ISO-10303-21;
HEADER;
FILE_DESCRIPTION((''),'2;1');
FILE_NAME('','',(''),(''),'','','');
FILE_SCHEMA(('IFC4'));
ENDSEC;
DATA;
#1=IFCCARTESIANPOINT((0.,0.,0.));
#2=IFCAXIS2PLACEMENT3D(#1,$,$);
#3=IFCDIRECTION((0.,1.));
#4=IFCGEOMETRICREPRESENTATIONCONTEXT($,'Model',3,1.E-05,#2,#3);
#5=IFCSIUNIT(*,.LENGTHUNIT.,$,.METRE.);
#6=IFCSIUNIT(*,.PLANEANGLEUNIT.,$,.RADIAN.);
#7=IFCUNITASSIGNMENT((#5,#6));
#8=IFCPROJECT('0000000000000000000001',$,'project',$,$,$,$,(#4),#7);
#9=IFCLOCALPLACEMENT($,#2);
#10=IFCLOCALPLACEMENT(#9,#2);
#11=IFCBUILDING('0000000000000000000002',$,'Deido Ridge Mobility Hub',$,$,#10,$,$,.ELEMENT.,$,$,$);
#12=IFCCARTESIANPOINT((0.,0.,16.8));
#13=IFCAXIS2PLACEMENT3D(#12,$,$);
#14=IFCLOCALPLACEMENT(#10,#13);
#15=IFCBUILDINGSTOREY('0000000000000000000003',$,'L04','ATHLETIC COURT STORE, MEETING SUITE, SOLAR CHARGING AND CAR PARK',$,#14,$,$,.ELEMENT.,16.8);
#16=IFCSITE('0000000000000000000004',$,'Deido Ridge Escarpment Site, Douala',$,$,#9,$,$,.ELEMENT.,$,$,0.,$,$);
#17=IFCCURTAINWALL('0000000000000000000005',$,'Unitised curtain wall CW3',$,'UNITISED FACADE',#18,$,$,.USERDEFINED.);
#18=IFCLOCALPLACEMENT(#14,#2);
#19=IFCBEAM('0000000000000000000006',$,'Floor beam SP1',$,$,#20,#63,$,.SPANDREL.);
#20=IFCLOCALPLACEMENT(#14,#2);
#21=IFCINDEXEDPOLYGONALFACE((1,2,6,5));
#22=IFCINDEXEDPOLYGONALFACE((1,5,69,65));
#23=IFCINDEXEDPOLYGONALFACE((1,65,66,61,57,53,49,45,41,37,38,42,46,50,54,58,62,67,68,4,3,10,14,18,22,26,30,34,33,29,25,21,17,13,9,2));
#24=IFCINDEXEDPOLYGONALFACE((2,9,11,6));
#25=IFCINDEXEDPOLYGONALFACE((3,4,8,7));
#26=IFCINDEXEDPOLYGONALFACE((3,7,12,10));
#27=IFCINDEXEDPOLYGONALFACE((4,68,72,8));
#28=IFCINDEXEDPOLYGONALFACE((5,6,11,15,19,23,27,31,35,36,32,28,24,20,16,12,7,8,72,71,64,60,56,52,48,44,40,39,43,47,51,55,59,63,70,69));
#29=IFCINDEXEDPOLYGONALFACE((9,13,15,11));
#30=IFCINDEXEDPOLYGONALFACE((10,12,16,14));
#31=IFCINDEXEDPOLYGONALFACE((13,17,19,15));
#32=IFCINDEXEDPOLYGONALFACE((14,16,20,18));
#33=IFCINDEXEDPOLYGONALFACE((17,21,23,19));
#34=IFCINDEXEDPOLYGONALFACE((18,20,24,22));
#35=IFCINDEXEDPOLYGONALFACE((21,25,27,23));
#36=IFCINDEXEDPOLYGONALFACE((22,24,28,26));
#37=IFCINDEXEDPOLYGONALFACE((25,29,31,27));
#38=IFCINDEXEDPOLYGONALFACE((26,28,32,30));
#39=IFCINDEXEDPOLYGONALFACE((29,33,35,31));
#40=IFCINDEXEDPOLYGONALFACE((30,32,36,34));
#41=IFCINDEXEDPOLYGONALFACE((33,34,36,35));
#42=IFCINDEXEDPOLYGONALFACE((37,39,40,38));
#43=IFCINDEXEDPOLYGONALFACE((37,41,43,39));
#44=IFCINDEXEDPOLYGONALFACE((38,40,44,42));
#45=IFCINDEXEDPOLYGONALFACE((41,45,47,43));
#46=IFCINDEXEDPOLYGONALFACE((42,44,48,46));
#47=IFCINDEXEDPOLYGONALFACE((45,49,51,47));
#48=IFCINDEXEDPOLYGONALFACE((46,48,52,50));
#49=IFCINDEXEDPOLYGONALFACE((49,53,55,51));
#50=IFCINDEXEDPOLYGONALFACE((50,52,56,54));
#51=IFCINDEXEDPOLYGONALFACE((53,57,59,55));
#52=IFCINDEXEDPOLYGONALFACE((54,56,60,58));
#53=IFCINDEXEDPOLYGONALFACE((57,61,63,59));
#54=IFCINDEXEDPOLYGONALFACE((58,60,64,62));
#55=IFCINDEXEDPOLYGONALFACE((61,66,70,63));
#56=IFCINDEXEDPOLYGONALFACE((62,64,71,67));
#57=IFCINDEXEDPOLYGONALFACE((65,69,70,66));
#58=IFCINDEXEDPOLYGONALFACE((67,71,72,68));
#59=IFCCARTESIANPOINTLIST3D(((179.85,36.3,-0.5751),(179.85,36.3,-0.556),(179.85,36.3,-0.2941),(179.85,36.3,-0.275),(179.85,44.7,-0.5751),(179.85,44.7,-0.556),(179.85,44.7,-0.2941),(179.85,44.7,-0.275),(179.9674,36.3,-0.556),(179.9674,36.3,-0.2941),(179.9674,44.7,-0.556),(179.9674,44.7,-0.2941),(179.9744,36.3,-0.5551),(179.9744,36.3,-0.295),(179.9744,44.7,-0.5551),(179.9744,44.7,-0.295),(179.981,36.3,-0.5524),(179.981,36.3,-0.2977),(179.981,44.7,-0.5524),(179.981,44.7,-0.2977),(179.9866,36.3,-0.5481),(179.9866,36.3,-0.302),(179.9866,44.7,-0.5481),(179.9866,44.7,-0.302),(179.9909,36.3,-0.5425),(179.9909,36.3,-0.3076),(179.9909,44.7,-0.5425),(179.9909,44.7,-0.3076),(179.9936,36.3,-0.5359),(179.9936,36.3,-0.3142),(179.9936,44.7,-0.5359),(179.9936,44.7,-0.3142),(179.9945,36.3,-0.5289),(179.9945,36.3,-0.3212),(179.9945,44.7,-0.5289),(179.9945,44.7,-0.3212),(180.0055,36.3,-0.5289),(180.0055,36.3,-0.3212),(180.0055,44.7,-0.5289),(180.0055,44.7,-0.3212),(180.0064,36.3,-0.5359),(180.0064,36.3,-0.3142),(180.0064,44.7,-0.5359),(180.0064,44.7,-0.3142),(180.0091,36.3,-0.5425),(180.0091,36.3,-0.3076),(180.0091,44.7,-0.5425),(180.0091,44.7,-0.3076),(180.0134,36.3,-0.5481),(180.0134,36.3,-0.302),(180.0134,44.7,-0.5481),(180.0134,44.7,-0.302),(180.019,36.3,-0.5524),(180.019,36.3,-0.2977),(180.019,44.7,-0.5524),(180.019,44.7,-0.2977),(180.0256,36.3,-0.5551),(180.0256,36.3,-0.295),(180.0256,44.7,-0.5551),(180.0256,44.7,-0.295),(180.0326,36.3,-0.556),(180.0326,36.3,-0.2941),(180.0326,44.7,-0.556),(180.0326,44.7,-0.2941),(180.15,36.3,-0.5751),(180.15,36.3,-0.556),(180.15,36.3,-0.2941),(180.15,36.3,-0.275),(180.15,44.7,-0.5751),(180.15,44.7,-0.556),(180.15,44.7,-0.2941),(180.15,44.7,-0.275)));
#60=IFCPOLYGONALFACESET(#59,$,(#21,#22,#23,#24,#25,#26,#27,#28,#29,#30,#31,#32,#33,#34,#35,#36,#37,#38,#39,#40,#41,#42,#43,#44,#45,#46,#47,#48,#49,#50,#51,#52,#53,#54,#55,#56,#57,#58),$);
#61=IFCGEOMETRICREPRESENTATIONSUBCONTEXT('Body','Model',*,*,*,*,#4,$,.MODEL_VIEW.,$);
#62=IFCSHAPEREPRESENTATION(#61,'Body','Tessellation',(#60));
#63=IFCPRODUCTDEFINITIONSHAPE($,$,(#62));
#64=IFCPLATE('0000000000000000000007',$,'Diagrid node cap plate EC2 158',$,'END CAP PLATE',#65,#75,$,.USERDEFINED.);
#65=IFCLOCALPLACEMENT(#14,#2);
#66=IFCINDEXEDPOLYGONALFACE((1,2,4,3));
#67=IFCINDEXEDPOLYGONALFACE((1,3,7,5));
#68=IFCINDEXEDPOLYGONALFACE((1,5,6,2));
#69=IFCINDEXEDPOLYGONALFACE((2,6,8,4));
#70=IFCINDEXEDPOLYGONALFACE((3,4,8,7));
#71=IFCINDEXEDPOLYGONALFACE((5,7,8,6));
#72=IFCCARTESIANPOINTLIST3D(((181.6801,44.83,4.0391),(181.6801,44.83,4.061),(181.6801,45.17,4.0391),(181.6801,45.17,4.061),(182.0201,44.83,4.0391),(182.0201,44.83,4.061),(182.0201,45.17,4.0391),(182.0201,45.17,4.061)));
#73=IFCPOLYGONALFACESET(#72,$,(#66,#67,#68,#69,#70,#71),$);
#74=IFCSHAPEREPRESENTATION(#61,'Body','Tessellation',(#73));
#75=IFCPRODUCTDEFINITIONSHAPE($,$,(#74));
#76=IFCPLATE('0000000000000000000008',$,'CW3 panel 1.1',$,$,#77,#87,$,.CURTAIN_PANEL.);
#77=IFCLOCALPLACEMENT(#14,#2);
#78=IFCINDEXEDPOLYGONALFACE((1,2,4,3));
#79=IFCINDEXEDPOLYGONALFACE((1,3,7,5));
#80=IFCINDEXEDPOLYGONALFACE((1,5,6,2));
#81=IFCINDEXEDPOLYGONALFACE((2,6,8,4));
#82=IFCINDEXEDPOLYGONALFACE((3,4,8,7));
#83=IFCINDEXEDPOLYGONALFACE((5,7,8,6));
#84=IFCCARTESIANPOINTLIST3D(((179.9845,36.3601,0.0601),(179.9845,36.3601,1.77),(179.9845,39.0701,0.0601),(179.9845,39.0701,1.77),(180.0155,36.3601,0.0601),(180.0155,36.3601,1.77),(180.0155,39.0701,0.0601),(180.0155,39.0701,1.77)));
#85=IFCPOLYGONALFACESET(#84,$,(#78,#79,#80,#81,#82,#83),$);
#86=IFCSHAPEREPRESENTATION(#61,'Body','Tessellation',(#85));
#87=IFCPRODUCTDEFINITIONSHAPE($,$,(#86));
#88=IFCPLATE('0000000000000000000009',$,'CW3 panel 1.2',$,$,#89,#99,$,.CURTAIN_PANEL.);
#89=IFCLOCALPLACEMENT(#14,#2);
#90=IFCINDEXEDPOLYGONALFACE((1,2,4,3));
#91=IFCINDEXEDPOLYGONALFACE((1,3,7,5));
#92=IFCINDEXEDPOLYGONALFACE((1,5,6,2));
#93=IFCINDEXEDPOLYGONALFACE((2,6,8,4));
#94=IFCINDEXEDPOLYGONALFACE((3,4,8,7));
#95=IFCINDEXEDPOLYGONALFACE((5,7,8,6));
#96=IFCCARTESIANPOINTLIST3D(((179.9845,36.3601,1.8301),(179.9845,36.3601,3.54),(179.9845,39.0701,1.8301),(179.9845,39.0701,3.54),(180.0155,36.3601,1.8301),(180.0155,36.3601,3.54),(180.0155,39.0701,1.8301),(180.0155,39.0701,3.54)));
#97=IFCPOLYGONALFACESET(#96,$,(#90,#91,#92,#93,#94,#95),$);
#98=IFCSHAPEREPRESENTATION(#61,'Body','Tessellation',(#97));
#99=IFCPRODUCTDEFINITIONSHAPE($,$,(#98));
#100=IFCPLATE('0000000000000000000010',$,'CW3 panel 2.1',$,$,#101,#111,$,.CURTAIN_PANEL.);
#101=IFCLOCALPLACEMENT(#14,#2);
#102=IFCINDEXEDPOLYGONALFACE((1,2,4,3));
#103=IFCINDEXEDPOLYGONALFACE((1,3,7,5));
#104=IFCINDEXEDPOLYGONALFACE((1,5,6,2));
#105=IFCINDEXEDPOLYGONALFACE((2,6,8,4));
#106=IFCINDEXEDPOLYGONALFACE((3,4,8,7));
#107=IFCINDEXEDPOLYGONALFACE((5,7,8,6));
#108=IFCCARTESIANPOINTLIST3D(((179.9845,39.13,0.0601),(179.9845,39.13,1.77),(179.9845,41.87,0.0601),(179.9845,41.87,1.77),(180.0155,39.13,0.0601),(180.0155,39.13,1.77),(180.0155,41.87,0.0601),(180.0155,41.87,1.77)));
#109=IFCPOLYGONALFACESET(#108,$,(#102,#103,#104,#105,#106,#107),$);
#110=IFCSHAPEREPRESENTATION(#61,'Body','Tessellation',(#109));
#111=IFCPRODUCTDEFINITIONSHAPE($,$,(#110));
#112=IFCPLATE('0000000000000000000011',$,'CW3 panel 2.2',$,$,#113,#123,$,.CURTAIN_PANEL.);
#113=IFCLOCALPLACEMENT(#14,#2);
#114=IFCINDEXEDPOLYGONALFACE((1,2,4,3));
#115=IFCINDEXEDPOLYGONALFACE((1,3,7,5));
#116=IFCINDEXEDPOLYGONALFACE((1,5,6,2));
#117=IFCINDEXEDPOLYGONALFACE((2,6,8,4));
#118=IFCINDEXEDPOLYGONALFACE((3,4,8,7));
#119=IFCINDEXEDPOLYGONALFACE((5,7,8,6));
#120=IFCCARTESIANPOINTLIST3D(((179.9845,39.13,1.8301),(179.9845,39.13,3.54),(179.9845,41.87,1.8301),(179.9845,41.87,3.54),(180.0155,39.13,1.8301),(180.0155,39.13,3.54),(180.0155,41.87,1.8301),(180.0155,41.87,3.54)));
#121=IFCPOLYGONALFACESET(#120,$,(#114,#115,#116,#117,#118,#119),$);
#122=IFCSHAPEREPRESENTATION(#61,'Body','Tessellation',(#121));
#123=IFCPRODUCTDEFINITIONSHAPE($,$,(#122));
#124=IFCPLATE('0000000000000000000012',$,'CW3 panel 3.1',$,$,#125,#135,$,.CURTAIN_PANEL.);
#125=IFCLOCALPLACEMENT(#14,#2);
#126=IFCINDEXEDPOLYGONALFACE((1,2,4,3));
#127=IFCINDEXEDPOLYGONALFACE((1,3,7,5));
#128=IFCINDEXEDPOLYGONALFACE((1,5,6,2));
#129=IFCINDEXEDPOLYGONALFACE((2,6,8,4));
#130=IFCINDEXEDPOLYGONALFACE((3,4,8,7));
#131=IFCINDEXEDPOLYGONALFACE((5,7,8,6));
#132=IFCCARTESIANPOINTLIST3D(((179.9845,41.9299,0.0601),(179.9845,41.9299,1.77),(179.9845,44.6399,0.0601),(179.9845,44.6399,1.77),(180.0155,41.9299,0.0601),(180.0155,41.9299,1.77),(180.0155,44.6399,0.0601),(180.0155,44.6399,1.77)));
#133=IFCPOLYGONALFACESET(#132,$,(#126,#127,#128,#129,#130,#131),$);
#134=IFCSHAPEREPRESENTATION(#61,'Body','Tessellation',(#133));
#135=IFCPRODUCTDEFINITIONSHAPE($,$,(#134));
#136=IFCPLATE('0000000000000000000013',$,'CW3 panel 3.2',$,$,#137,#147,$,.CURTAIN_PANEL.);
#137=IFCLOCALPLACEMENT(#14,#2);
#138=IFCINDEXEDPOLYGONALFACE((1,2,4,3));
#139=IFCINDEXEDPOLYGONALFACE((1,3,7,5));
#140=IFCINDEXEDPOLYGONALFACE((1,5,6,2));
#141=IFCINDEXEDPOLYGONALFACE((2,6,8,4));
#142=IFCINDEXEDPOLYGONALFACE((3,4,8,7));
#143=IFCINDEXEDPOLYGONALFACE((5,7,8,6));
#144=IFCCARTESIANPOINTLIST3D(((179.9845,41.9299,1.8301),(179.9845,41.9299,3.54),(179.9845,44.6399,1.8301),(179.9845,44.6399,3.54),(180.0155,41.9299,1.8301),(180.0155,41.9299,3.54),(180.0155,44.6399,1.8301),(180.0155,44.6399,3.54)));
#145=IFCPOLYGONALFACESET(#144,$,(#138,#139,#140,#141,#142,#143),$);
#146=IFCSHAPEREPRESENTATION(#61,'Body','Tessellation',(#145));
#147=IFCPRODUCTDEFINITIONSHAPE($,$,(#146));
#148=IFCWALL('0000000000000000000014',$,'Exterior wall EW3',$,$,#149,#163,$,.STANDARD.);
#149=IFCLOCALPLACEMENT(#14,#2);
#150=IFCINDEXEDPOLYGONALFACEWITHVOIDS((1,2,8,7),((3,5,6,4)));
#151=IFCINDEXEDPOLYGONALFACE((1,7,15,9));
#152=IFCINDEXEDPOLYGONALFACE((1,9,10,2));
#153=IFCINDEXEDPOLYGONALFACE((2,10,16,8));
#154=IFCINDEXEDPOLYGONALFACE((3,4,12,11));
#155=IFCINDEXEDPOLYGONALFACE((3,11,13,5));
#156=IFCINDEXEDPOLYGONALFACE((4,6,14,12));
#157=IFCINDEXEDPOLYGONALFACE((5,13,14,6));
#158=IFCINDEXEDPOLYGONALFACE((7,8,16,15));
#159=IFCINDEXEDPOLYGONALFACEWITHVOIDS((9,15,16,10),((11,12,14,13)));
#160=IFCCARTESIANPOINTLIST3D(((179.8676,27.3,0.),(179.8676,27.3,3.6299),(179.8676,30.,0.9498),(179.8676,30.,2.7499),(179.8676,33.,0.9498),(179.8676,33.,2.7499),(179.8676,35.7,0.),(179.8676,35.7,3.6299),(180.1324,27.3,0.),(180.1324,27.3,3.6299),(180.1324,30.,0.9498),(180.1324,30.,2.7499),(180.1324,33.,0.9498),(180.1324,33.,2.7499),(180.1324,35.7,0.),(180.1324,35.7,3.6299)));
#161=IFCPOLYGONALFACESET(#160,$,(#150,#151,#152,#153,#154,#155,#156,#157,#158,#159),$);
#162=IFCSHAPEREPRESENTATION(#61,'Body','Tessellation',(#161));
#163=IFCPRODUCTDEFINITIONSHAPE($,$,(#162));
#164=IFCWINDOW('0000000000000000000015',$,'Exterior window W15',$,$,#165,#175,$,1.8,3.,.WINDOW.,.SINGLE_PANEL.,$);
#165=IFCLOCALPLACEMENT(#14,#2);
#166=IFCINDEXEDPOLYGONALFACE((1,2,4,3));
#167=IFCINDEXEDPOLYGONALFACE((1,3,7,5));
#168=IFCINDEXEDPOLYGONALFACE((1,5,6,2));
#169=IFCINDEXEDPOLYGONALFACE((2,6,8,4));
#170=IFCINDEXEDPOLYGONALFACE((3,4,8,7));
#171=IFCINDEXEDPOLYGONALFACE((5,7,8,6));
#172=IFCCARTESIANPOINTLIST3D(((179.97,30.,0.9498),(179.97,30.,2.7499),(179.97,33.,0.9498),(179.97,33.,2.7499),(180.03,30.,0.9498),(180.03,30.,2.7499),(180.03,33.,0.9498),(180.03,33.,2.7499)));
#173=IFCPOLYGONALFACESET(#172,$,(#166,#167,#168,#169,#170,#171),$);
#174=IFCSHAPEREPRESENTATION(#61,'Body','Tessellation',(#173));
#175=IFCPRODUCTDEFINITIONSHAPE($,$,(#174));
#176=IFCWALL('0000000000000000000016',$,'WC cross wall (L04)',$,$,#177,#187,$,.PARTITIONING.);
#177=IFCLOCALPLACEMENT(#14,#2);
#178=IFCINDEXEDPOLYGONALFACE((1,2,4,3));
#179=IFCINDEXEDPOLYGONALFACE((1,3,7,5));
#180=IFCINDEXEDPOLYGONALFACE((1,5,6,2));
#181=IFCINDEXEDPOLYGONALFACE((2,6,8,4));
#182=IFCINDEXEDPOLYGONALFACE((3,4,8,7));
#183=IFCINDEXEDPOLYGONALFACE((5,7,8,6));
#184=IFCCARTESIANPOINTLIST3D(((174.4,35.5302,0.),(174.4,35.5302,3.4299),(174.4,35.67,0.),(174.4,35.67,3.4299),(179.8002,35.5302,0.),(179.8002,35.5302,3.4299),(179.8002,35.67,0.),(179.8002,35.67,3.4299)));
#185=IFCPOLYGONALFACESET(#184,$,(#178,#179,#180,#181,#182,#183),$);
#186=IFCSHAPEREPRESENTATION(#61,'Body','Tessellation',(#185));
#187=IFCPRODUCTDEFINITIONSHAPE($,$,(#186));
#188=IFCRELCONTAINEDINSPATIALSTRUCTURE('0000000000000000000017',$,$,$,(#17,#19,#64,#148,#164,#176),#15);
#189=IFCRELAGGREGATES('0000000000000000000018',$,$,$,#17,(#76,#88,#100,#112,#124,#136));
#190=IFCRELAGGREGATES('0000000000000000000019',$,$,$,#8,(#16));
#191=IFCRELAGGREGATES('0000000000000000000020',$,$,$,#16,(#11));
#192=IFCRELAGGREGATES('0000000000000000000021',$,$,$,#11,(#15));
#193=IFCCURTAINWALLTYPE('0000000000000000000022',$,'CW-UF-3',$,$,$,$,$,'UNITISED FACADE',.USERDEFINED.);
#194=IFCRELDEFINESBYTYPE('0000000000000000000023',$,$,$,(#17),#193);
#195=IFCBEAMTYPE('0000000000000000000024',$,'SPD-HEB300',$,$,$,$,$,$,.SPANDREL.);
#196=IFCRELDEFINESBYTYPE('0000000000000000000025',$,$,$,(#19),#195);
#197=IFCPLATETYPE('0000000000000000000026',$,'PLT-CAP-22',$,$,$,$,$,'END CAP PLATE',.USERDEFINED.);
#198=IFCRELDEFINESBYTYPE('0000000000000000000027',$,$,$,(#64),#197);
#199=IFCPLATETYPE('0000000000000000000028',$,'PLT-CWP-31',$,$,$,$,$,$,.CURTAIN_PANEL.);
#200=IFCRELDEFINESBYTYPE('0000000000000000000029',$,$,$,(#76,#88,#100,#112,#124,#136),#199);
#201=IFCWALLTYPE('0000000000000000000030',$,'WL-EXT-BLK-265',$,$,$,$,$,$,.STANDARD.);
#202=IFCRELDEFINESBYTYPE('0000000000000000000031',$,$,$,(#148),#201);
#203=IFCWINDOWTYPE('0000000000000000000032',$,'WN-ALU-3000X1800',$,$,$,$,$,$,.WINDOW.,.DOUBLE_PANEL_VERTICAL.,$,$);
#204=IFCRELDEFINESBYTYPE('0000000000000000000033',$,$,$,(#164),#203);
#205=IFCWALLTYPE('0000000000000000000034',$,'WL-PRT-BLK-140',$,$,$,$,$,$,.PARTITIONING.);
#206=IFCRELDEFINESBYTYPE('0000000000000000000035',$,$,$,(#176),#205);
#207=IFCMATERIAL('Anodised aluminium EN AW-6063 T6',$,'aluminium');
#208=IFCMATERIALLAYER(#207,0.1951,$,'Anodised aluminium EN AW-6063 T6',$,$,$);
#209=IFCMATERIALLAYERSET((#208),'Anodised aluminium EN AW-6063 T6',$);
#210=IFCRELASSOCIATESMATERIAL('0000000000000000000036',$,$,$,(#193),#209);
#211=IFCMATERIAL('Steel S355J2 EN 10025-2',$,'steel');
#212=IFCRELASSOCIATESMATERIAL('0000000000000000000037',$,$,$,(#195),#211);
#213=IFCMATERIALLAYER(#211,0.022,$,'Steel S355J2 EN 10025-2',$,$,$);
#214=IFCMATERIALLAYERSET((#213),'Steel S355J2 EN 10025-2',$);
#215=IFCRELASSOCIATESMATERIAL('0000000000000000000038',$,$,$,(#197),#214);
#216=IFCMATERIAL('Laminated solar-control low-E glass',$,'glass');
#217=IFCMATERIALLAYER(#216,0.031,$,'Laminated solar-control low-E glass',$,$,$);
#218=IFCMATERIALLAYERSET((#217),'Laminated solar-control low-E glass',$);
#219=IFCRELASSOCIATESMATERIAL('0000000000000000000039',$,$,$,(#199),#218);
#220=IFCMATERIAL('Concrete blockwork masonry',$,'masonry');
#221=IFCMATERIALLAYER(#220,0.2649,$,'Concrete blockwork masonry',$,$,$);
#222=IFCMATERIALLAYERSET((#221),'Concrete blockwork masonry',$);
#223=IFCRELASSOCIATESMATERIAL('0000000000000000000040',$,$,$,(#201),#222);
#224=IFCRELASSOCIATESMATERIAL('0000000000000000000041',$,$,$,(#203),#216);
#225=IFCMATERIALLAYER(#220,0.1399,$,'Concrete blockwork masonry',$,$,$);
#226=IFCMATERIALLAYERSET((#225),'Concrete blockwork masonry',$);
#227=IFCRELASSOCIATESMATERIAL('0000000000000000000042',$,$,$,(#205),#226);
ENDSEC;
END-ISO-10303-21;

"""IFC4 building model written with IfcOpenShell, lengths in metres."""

from ifc_helpers import new_model, si_unit, direction, frame, frame_2d, origin, origin_2d, place, context, subcontext, project, spatial, rectangle, i_section, extrude, material, layer, layer_set, material_profile, profile_set, type_object, element, fill, aggregate, save


model = new_model("IFC4")

# Units and contexts
model_context = context("Model", 3, precision=1e-05, world=origin(), true_north=direction((0.0, 1.0)))
body_context = subcontext(model_context, "Body", "Model", "MODEL_VIEW")
ifc_project = project(units=[si_unit("LENGTHUNIT", "METRE"), si_unit("PLANEANGLEUNIT", "RADIAN")], contexts=[model_context])

# Site, building, storey
site_placement = place(None, origin())
site = spatial("IfcSite", under=ifc_project, at=site_placement, Name="Deido Ridge Escarpment Site, Douala", CompositionType="ELEMENT", RefElevation=0.0)
building_placement = place(site_placement, origin())
building = spatial("IfcBuilding", under=site, at=building_placement, Name="Deido Ridge Mobility Hub", CompositionType="ELEMENT")
storey_placement = place(building_placement, frame((0.0, 0.0, 16.8)))
storey = spatial("IfcBuildingStorey", under=building, at=storey_placement, Name="L04", Description="ATHLETIC COURT STORE, MEETING SUITE, SOLAR CHARGING AND CAR PARK", CompositionType="ELEMENT", Elevation=16.8)

# Shared definitions
ifc_material_1 = material(Name="Steel S355J2 EN 10025-2", Category="steel")

# Curtain wall
ifc_material_2 = material(Name="Anodised aluminium EN AW-6063 T6", Category="aluminium")
ifc_layer_1 = layer(ifc_material_2, 0.1951, Name="Anodised aluminium EN AW-6063 T6")
ifc_layer_set_1 = layer_set([ifc_layer_1], Name="Anodised aluminium EN AW-6063 T6")
curtain_wall_type = type_object("IfcCurtainWallType", Name="CW-UF-3", ElementType="UNITISED FACADE", PredefinedType="USERDEFINED", material=ifc_layer_set_1)
curtain_wall_placement = place(storey_placement, origin())
curtain_wall = element("IfcCurtainWall", 1, at=curtain_wall_placement, inside=storey, type_object=curtain_wall_type, Name="Unitised curtain wall CW3", ObjectType="UNITISED FACADE", PredefinedType="USERDEFINED")

# Beam
ifc_material_profile_1 = material_profile(ifc_material_1, i_section(OverallWidth=0.3, OverallDepth=0.3, WebThickness=0.011, FlangeThickness=0.019, FilletRadius=0.0271, at=origin_2d()), Name="HEB 300")
ifc_profile_set_1 = profile_set([ifc_material_profile_1], Name="Steel S355J2 EN 10025-2")
beam_type = type_object("IfcBeamType", Name="SPD-HEB300", PredefinedType="SPANDREL", material=ifc_profile_set_1)
for number, where, z_axis, x_axis, name in (
    (2, (180.0, 36.3, -0.425), (0.0, 1.0, 0.0), (-1.0, 0.0, 0.0), "Floor beam SP1"),
):
    element("IfcBeam", number, at=place(storey_placement, frame(where, z_axis=z_axis, x_axis=x_axis)), inside=storey, type_object=beam_type, Name=name, PredefinedType="SPANDREL", context=body_context, shape_type="SweptSolid", body=[
        extrude(i_section(OverallWidth=0.3, OverallDepth=0.3, WebThickness=0.011, FlangeThickness=0.019, FilletRadius=0.0271, at=origin_2d()), origin(), (0.0, 0.0, 1.0), 8.3999),
    ])

# Plates
ifc_layer_2 = layer(ifc_material_1, 0.022, Name="Steel S355J2 EN 10025-2")
ifc_layer_set_2 = layer_set([ifc_layer_2], Name="Steel S355J2 EN 10025-2")
plate_type_1 = type_object("IfcPlateType", Name="PLT-CAP-22", ElementType="END CAP PLATE", PredefinedType="USERDEFINED", material=ifc_layer_set_2)
plate_1_placement = place(storey_placement, frame((181.8501, 45.0, 4.0391), z_axis=(0.0, 0.0, 1.0), x_axis=(1.0, 0.0, 0.0)))
element("IfcPlate", 3, at=plate_1_placement, inside=storey, type_object=plate_type_1, Name="Diagrid node cap plate EC2 158", ObjectType="END CAP PLATE", PredefinedType="USERDEFINED", context=body_context, shape_type="SweptSolid", body=[
    extrude(rectangle(XDim=0.3401, YDim=0.3401, at=origin_2d()), origin(), (0.0, 0.0, 1.0), 0.022),
])
ifc_material_3 = material(Name="Laminated solar-control low-E glass", Category="glass")
ifc_layer_3 = layer(ifc_material_3, 0.031, Name="Laminated solar-control low-E glass")
ifc_layer_set_3 = layer_set([ifc_layer_3], Name="Laminated solar-control low-E glass")
plate_type_2 = type_object("IfcPlateType", Name="PLT-CWP-31", PredefinedType="CURTAIN_PANEL", material=ifc_layer_set_3)
plate_2_placement = place(storey_placement, frame((180.0, 37.7151, 0.0601), z_axis=(0.0, 0.0, 1.0), x_axis=(0.0, 1.0, 0.0)))
plate_2 = element("IfcPlate", 4, at=plate_2_placement, type_object=plate_type_2, Name="CW3 panel 1.1", PredefinedType="CURTAIN_PANEL", context=body_context, shape_type="SweptSolid", body=[
    extrude(rectangle(XDim=2.71, YDim=0.031, at=origin_2d()), origin(), (0.0, 0.0, 1.0), 1.71),
])
plate_3_placement = place(storey_placement, frame((180.0, 37.7151, 1.8301), z_axis=(0.0, 0.0, 1.0), x_axis=(0.0, 1.0, 0.0)))
plate_3 = element("IfcPlate", 5, at=plate_3_placement, type_object=plate_type_2, Name="CW3 panel 1.2", PredefinedType="CURTAIN_PANEL", context=body_context, shape_type="SweptSolid", body=[
    extrude(rectangle(XDim=2.71, YDim=0.031, at=origin_2d()), origin(), (0.0, 0.0, 1.0), 1.71),
])
plate_4_placement = place(storey_placement, frame((180.0, 40.5, 0.0601), z_axis=(0.0, 0.0, 1.0), x_axis=(0.0, 1.0, 0.0)))
plate_4 = element("IfcPlate", 6, at=plate_4_placement, type_object=plate_type_2, Name="CW3 panel 2.1", PredefinedType="CURTAIN_PANEL", context=body_context, shape_type="SweptSolid", body=[
    extrude(rectangle(XDim=2.74, YDim=0.031, at=origin_2d()), origin(), (0.0, 0.0, 1.0), 1.71),
])
plate_5_placement = place(storey_placement, frame((180.0, 40.5, 1.8301), z_axis=(0.0, 0.0, 1.0), x_axis=(0.0, 1.0, 0.0)))
plate_5 = element("IfcPlate", 7, at=plate_5_placement, type_object=plate_type_2, Name="CW3 panel 2.2", PredefinedType="CURTAIN_PANEL", context=body_context, shape_type="SweptSolid", body=[
    extrude(rectangle(XDim=2.74, YDim=0.031, at=origin_2d()), origin(), (0.0, 0.0, 1.0), 1.71),
])
plate_6_placement = place(storey_placement, frame((180.0, 43.2849, 0.0601), z_axis=(0.0, 0.0, 1.0), x_axis=(0.0, 1.0, 0.0)))
plate_6 = element("IfcPlate", 8, at=plate_6_placement, type_object=plate_type_2, Name="CW3 panel 3.1", PredefinedType="CURTAIN_PANEL", context=body_context, shape_type="SweptSolid", body=[
    extrude(rectangle(XDim=2.71, YDim=0.031, at=origin_2d()), origin(), (0.0, 0.0, 1.0), 1.71),
])
plate_7_placement = place(storey_placement, frame((180.0, 43.2849, 1.8301), z_axis=(0.0, 0.0, 1.0), x_axis=(0.0, 1.0, 0.0)))
plate_7 = element("IfcPlate", 9, at=plate_7_placement, type_object=plate_type_2, Name="CW3 panel 3.2", PredefinedType="CURTAIN_PANEL", context=body_context, shape_type="SweptSolid", body=[
    extrude(rectangle(XDim=2.71, YDim=0.031, at=origin_2d()), origin(), (0.0, 0.0, 1.0), 1.71),
])
aggregate(curtain_wall, [plate_2, plate_3, plate_4, plate_5, plate_6, plate_7])

# Wall, opening, window
ifc_material_4 = material(Name="Concrete blockwork masonry", Category="masonry")
ifc_layer_4 = layer(ifc_material_4, 0.2649, Name="Concrete blockwork masonry")
ifc_layer_set_4 = layer_set([ifc_layer_4], Name="Concrete blockwork masonry")
wall_type_1 = type_object("IfcWallType", Name="WL-EXT-BLK-265", PredefinedType="STANDARD", material=ifc_layer_set_4)
wall_1_placement = place(storey_placement, frame((180.0, 27.3, 0.0), z_axis=(0.0, 0.0, 1.0), x_axis=(0.0, 1.0, 0.0)))
wall_1 = element("IfcWall", 10, at=wall_1_placement, inside=storey, type_object=wall_type_1, Name="Exterior wall EW3", PredefinedType="STANDARD", context=body_context, shape_type="SweptSolid", body=[
    extrude(rectangle(XDim=8.3999, YDim=0.2649, at=frame_2d((4.2, 0.0))), origin(), (0.0, 0.0, 1.0), 3.6299),
])
opening_placement = place(wall_1_placement, frame((2.7, 0.0, 0.95)))
opening = element("IfcOpeningElement", 11, at=opening_placement, cuts=wall_1, PredefinedType="OPENING", context=body_context, shape_type="SweptSolid", body=[
    extrude(rectangle(XDim=3.0, YDim=1.8, at=frame_2d((1.5, 0.8999))), frame((0.0, 0.1426, 0.0), z_axis=(0.0, -1.0, 0.0), x_axis=(1.0, 0.0, 0.0)), (0.0, 0.0, 1.0), 0.2849),
])
window_type = type_object("IfcWindowType", Name="WN-ALU-3000X1800", PartitioningType="DOUBLE_PANEL_VERTICAL", PredefinedType="WINDOW", material=ifc_material_3)
window_placement = place(opening_placement, origin())
window = element("IfcWindow", 12, at=window_placement, inside=storey, type_object=window_type, Name="Exterior window W15", OverallHeight=1.8, OverallWidth=3.0, PartitioningType="SINGLE_PANEL", PredefinedType="WINDOW", context=body_context, shape_type="SweptSolid", body=[
    extrude(rectangle(XDim=3.0, YDim=1.8, at=frame_2d((1.5, 0.8999))), frame((0.0, 0.03, 0.0), z_axis=(0.0, -1.0, 0.0), x_axis=(1.0, 0.0, 0.0)), (0.0, 0.0, 1.0), 0.0601),
])
fill(opening, window)

# Wall
ifc_layer_5 = layer(ifc_material_4, 0.1399, Name="Concrete blockwork masonry")
ifc_layer_set_5 = layer_set([ifc_layer_5], Name="Concrete blockwork masonry")
wall_type_2 = type_object("IfcWallType", Name="WL-PRT-BLK-140", PredefinedType="PARTITIONING", material=ifc_layer_set_5)
wall_2_placement = place(storey_placement, frame((174.3999, 35.6001, 0.0), z_axis=(0.0, 0.0, 1.0), x_axis=(1.0, 0.0, 0.0)))
element("IfcWall", 13, at=wall_2_placement, inside=storey, type_object=wall_type_2, Name="WC cross wall (L04)", PredefinedType="PARTITIONING", context=body_context, shape_type="SweptSolid", body=[
    extrude(rectangle(XDim=5.4001, YDim=0.1399, at=frame_2d((2.7002, 0.0))), origin(), (0.0, 0.0, 1.0), 3.4299),
])

save(model, "model.ifc")
